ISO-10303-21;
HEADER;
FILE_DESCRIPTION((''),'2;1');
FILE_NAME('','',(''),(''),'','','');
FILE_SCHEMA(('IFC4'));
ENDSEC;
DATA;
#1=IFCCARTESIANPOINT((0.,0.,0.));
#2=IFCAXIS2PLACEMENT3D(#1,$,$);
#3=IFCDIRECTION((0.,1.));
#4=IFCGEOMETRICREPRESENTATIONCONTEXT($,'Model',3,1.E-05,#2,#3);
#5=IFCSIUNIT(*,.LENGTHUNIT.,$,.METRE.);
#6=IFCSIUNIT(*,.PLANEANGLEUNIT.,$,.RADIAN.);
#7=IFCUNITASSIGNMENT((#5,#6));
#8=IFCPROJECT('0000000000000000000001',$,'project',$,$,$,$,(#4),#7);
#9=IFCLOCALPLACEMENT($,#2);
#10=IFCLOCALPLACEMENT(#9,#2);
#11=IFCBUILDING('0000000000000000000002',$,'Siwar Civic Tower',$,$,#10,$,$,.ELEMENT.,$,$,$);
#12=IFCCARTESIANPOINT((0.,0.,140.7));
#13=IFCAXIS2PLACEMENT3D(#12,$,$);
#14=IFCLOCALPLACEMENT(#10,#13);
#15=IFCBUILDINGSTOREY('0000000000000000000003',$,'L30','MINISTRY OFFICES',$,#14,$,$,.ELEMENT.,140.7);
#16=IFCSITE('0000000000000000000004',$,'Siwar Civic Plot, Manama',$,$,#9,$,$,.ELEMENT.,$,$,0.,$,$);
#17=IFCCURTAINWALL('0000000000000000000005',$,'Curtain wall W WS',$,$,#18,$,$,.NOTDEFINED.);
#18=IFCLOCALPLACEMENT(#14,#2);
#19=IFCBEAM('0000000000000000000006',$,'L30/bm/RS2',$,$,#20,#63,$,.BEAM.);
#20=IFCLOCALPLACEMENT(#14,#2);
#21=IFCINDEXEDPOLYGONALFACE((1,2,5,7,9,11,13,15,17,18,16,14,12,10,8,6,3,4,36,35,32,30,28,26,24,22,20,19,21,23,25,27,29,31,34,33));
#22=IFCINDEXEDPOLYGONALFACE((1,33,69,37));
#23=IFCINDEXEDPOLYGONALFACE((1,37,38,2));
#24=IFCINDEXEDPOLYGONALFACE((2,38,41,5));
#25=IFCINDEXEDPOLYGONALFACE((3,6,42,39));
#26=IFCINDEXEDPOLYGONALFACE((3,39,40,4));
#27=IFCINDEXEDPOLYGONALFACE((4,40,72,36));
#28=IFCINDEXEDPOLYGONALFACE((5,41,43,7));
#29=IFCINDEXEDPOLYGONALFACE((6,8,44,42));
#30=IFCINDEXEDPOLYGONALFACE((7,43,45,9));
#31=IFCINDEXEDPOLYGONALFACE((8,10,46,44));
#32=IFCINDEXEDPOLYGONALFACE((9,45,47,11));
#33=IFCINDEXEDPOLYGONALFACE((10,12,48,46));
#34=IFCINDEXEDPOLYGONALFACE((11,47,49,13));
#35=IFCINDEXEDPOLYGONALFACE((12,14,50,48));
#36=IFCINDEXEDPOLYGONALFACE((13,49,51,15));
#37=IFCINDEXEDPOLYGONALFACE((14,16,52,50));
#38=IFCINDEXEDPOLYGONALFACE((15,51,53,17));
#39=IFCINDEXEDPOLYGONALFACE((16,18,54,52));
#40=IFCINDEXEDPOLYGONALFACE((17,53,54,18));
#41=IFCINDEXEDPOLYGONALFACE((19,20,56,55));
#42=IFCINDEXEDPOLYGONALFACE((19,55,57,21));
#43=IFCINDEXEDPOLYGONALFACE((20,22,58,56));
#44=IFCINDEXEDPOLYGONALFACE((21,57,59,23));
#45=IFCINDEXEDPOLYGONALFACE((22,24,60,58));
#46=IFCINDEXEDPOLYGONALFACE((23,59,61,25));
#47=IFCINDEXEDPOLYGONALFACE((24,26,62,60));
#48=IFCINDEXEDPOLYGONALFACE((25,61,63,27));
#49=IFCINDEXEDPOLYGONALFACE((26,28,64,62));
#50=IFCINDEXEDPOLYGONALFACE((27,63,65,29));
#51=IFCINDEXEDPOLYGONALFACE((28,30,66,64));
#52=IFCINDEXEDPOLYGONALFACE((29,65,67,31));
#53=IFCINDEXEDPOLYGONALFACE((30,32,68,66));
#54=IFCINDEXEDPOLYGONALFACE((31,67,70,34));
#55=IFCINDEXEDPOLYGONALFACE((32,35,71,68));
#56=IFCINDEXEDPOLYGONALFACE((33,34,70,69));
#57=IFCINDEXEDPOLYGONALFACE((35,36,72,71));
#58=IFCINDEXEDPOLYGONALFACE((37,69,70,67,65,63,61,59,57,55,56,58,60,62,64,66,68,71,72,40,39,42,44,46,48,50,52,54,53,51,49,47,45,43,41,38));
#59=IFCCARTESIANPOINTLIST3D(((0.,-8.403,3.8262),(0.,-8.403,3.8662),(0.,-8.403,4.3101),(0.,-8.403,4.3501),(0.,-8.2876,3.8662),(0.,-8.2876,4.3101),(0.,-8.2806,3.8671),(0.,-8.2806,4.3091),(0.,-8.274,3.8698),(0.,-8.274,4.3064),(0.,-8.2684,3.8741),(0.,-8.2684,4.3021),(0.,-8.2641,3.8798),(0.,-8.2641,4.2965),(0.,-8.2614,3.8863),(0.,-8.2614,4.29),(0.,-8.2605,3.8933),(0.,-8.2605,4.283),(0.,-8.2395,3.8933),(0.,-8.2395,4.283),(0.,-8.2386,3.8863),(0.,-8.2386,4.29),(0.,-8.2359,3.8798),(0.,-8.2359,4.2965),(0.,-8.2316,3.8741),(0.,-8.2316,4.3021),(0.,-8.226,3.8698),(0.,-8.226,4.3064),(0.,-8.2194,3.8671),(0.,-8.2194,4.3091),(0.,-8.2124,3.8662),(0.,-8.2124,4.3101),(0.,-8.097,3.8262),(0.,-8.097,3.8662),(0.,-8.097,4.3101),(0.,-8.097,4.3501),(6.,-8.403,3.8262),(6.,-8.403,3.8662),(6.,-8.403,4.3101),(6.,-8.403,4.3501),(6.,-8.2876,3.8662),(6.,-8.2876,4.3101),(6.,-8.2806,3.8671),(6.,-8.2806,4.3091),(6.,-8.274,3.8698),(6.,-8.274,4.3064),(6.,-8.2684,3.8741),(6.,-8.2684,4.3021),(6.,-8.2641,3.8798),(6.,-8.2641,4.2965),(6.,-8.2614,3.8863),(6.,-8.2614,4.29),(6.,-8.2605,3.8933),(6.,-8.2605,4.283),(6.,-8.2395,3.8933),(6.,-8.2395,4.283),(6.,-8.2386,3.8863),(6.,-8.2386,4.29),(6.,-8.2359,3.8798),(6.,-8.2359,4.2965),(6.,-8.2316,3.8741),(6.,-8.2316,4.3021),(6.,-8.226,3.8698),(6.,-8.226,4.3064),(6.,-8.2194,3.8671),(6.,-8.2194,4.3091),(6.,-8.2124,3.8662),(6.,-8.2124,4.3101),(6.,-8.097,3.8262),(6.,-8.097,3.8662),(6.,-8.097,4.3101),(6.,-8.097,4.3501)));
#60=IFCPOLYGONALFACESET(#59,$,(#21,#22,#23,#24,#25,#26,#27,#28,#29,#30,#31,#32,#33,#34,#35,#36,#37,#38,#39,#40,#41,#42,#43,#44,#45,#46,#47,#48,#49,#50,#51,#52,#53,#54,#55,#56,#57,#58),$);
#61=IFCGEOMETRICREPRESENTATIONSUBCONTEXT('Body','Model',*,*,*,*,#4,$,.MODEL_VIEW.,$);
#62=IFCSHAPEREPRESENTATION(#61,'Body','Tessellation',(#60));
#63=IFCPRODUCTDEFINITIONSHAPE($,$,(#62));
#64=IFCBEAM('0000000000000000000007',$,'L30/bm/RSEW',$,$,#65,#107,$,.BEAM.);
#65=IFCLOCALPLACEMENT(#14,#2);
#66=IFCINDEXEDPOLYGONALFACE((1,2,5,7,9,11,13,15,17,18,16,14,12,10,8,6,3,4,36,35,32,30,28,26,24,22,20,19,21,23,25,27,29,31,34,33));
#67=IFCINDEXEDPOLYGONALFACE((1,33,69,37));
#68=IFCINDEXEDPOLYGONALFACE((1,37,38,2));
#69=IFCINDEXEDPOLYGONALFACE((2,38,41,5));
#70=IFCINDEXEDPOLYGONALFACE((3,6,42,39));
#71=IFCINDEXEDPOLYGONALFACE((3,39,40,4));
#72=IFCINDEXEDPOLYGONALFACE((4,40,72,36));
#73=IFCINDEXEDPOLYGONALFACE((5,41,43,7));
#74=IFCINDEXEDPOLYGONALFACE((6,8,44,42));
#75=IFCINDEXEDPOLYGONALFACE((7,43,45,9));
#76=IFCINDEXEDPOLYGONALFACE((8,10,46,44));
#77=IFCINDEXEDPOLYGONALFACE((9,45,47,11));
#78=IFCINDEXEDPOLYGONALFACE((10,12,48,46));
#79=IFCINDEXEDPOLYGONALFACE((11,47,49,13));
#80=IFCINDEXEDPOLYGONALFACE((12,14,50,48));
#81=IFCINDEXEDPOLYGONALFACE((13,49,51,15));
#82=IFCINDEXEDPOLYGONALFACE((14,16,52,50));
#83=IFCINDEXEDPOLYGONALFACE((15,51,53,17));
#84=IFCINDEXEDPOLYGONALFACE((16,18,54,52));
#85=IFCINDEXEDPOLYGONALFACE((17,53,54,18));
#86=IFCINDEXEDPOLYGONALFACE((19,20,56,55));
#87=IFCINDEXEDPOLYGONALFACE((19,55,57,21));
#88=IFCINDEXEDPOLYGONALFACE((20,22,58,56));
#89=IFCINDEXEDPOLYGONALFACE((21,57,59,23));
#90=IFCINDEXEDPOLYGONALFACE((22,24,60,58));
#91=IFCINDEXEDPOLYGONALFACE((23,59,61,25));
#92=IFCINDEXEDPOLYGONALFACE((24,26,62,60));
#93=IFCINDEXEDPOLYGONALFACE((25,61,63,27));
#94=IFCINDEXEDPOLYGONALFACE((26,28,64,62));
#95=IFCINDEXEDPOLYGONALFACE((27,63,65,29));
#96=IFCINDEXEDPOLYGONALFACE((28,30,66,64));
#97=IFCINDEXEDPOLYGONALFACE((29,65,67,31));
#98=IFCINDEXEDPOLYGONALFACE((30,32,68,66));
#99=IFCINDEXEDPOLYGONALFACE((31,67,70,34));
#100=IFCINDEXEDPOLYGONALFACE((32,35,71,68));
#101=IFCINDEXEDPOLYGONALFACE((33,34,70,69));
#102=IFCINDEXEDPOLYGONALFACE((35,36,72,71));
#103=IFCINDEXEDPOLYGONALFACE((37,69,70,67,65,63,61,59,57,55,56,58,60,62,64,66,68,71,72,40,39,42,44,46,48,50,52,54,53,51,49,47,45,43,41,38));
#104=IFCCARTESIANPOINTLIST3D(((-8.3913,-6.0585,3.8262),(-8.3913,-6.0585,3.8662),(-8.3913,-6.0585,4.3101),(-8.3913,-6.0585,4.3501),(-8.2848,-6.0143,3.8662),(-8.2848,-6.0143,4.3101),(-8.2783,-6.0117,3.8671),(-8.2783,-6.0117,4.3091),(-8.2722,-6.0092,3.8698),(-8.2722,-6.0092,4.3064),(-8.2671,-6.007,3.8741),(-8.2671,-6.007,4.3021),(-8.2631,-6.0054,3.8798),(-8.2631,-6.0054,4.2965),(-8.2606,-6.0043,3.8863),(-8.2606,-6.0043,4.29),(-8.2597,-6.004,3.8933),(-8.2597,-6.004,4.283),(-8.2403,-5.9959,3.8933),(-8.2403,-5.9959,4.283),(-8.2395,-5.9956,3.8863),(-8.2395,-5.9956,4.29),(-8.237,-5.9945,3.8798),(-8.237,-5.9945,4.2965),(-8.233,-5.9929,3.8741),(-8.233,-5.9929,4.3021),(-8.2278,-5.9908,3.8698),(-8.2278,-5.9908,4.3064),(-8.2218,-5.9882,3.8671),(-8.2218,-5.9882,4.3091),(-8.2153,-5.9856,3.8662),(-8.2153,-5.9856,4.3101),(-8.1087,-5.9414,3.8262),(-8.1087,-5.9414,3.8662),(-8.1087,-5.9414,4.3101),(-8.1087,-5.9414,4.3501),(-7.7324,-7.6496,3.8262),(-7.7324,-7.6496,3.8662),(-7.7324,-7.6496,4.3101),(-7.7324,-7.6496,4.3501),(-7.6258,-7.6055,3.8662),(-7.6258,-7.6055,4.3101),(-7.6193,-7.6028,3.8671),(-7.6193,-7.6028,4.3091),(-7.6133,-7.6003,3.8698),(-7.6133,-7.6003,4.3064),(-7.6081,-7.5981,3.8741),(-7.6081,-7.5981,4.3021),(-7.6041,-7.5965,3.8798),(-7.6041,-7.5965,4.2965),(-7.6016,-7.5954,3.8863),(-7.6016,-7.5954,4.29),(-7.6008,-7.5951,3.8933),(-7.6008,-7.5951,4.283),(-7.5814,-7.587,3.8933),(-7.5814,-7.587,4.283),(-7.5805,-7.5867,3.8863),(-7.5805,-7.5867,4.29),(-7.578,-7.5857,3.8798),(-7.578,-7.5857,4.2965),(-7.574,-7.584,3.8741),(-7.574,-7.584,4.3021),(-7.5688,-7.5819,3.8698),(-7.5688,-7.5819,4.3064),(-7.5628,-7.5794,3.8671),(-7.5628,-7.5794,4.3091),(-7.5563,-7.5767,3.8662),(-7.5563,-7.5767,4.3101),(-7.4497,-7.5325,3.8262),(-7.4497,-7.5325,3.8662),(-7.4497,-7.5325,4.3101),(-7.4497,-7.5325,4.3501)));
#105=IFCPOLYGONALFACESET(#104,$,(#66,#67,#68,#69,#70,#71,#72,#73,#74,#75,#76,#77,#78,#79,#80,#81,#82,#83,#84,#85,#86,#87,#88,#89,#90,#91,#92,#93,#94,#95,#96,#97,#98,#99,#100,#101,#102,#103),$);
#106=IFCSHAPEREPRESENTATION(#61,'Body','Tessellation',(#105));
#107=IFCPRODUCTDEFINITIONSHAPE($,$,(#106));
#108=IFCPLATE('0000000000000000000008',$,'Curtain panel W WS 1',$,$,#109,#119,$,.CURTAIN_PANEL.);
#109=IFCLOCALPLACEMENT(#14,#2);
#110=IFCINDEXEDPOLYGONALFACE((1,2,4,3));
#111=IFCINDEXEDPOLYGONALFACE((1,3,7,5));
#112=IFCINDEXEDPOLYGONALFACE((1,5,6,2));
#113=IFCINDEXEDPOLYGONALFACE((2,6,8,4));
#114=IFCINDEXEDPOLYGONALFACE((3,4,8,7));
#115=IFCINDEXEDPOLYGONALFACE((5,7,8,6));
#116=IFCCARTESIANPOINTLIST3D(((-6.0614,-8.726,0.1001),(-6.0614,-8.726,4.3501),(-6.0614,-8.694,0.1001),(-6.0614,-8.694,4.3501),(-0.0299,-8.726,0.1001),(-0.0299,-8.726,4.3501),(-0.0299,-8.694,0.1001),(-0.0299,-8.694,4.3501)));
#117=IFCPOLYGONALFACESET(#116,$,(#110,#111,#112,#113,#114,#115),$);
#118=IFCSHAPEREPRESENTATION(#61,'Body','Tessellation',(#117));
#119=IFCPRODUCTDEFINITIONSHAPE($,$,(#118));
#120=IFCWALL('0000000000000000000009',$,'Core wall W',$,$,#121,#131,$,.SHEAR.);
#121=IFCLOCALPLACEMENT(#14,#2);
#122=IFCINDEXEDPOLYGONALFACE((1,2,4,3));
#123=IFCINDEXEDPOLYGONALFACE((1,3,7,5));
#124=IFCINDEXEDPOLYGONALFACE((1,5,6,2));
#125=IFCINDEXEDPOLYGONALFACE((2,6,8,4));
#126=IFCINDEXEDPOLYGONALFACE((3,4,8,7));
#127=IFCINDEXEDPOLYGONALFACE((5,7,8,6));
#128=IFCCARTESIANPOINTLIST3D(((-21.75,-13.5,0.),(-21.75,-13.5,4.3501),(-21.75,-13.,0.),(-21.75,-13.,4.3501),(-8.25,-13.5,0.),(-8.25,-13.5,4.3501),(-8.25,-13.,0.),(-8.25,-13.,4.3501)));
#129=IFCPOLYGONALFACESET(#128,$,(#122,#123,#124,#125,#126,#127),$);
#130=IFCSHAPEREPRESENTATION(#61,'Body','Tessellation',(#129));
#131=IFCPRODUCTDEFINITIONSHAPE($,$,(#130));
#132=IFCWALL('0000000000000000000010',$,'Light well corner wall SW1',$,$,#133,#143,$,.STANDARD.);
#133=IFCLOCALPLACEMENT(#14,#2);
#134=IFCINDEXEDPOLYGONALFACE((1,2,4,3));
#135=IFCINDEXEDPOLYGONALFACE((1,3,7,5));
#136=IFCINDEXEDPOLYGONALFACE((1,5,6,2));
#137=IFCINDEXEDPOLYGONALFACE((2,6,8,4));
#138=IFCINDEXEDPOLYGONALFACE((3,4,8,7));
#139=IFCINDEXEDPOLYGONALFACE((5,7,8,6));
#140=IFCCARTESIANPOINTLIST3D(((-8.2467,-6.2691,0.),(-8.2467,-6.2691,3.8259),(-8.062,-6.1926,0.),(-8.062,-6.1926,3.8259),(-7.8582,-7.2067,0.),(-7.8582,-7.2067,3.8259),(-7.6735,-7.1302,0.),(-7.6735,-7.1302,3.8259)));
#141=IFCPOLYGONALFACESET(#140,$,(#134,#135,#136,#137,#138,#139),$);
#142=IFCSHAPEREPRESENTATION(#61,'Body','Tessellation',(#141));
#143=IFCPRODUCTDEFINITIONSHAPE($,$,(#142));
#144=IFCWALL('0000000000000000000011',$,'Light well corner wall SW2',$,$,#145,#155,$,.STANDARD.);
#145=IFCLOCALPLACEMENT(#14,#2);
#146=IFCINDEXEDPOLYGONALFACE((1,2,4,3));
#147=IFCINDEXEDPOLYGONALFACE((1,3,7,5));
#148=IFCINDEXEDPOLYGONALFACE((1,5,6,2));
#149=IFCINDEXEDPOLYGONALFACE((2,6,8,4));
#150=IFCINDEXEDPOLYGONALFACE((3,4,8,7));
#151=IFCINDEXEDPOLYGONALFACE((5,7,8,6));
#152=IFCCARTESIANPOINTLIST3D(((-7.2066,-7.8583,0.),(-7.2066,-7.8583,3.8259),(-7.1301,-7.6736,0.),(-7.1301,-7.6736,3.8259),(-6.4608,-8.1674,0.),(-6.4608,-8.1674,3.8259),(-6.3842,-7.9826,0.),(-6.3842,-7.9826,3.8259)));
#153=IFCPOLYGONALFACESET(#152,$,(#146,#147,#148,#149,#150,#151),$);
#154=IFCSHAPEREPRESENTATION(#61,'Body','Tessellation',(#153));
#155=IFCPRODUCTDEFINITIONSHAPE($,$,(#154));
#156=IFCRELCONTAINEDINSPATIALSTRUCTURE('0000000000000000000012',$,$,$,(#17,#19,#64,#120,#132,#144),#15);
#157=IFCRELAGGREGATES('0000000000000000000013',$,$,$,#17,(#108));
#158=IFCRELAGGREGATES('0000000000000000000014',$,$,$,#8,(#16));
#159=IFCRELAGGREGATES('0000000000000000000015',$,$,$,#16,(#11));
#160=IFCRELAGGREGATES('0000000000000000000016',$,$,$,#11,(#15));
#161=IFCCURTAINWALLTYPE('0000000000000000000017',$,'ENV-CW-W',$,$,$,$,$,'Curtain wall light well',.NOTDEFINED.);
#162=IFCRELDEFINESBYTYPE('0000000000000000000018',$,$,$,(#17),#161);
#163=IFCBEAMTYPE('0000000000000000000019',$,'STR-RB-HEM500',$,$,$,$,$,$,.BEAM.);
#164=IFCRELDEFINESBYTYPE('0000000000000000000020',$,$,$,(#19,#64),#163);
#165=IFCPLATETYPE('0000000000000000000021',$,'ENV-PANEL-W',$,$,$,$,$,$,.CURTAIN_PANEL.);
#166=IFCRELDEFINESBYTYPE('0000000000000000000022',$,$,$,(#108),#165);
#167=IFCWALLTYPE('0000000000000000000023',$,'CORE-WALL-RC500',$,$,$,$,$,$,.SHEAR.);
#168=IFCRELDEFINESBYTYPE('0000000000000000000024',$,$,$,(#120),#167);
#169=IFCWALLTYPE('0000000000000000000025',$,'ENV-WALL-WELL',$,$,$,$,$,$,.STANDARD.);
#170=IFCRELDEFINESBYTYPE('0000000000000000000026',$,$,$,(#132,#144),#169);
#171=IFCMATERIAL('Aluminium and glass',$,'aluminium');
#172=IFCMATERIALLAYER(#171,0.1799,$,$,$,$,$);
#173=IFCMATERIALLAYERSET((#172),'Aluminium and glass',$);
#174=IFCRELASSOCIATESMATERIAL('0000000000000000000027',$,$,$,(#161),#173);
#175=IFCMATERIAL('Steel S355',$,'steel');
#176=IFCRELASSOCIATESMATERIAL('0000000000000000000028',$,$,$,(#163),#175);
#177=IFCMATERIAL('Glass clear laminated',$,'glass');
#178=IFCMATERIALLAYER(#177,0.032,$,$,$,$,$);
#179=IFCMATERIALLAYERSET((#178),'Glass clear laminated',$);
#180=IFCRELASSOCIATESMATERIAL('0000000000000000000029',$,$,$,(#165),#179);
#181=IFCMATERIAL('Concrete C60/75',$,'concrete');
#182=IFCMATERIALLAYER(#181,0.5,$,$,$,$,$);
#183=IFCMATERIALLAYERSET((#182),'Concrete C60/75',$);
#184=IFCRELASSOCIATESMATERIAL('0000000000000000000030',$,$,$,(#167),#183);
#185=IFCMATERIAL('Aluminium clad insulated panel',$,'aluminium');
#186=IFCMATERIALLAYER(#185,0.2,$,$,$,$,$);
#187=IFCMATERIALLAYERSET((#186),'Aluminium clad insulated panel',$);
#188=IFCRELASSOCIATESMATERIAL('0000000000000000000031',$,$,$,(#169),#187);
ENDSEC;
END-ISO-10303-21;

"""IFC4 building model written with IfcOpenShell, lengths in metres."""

from ifc_helpers import new_model, si_unit, direction, frame, frame_2d, origin, origin_2d, place, context, subcontext, project, spatial, rectangle, i_section, extrude, material, layer, layer_set, material_profile, profile_set, type_object, element, aggregate, save


model = new_model("IFC4")

# Units and contexts
model_context = context("Model", 3, precision=1e-05, world=origin(), true_north=direction((0.0, 1.0)))
body_context = subcontext(model_context, "Body", "Model", "MODEL_VIEW")
ifc_project = project(units=[si_unit("LENGTHUNIT", "METRE"), si_unit("PLANEANGLEUNIT", "RADIAN")], contexts=[model_context])

# Site, building, storey
site_placement = place(None, origin())
site = spatial("IfcSite", under=ifc_project, at=site_placement, Name="Siwar Civic Plot, Manama", CompositionType="ELEMENT", RefElevation=0.0)
building_placement = place(site_placement, origin())
building = spatial("IfcBuilding", under=site, at=building_placement, Name="Siwar Civic Tower", CompositionType="ELEMENT")
storey_placement = place(building_placement, frame((0.0, 0.0, 140.7)))
storey = spatial("IfcBuildingStorey", under=building, at=storey_placement, Name="L30", Description="MINISTRY OFFICES", CompositionType="ELEMENT", Elevation=140.7)

# Curtain wall
ifc_material_1 = material(Name="Aluminium and glass", Category="aluminium")
ifc_layer_1 = layer(ifc_material_1, 0.1799)
ifc_layer_set_1 = layer_set([ifc_layer_1], Name="Aluminium and glass")
curtain_wall_type = type_object("IfcCurtainWallType", Name="ENV-CW-W", ElementType="Curtain wall light well", PredefinedType="NOTDEFINED", material=ifc_layer_set_1)
curtain_wall_placement = place(storey_placement, origin())
curtain_wall = element("IfcCurtainWall", 1, at=curtain_wall_placement, inside=storey, type_object=curtain_wall_type, Name="Curtain wall W WS", PredefinedType="NOTDEFINED")

# Beams
ifc_material_2 = material(Name="Steel S355", Category="steel")
ifc_material_profile_1 = material_profile(ifc_material_2, i_section(OverallWidth=0.3059, OverallDepth=0.5239, WebThickness=0.021, FlangeThickness=0.04, FilletRadius=0.0271, at=origin_2d()), Name="HEM500")
ifc_profile_set_1 = profile_set([ifc_material_profile_1], Name="Steel S355")
beam_type = type_object("IfcBeamType", Name="STR-RB-HEM500", PredefinedType="BEAM", material=ifc_profile_set_1)
for number, where, z_axis, x_axis, name in (
    (2, (0.0, -8.25, 4.0881), (1.0, 0.0, 0.0), (0.0, 1.0, 0.0), "L30/bm/RS2"),
):
    element("IfcBeam", number, at=place(storey_placement, frame(where, z_axis=z_axis, x_axis=x_axis)), inside=storey, type_object=beam_type, Name=name, PredefinedType="BEAM", context=body_context, shape_type="SweptSolid", body=[
        extrude(i_section(OverallWidth=0.3059, OverallDepth=0.5239, WebThickness=0.021, FlangeThickness=0.04, FilletRadius=0.0271, at=origin_2d()), origin(), (0.0, 0.0, 1.0), 6.0),
    ])
beam_1_placement = place(storey_placement, frame((-7.5911, -7.5911, 4.0881), z_axis=(-0.382631, 0.923901, 0.0), x_axis=(-0.923901, -0.382631, 0.0)))
element("IfcBeam", 3, at=beam_1_placement, inside=storey, type_object=beam_type, Name="L30/bm/RSEW", PredefinedType="BEAM", context=body_context, shape_type="SweptSolid", body=[
    extrude(i_section(OverallWidth=0.3059, OverallDepth=0.5239, WebThickness=0.021, FlangeThickness=0.04, FilletRadius=0.0271, at=origin_2d()), origin(), (0.0, 0.0, 1.0), 1.7222),
])

# Plate
ifc_material_3 = material(Name="Glass clear laminated", Category="glass")
ifc_layer_2 = layer(ifc_material_3, 0.032)
ifc_layer_set_2 = layer_set([ifc_layer_2], Name="Glass clear laminated")
plate_type = type_object("IfcPlateType", Name="ENV-PANEL-W", PredefinedType="CURTAIN_PANEL", material=ifc_layer_set_2)
plate_placement = place(storey_placement, frame((-3.0457, -8.71, 0.1001), z_axis=(0.0, 0.0, 1.0), x_axis=(1.0, 0.0, 0.0)))
plate = element("IfcPlate", 4, at=plate_placement, type_object=plate_type, Name="Curtain panel W WS 1", PredefinedType="CURTAIN_PANEL", context=body_context, shape_type="SweptSolid", body=[
    extrude(rectangle(XDim=6.0315, YDim=0.032, at=origin_2d()), origin(), (0.0, 0.0, 1.0), 4.25),
])
aggregate(curtain_wall, [plate])

# Walls
ifc_material_4 = material(Name="Concrete C60/75", Category="concrete")
ifc_layer_3 = layer(ifc_material_4, 0.5)
ifc_layer_set_3 = layer_set([ifc_layer_3], Name="Concrete C60/75")
wall_type_1 = type_object("IfcWallType", Name="CORE-WALL-RC500", PredefinedType="SHEAR", material=ifc_layer_set_3)
wall_1_placement = place(storey_placement, frame((-8.25, -13.25, 0.0), z_axis=(0.0, 0.0, 1.0), x_axis=(-1.0, 0.0, 0.0)))
element("IfcWall", 5, at=wall_1_placement, inside=storey, type_object=wall_type_1, Name="Core wall W", PredefinedType="SHEAR", context=body_context, shape_type="SweptSolid", body=[
    extrude(rectangle(XDim=13.5, YDim=0.5, at=frame_2d((6.75, 0.0))), origin(), (0.0, 0.0, 1.0), 4.3501),
])
ifc_material_5 = material(Name="Aluminium clad insulated panel", Category="aluminium")
ifc_layer_4 = layer(ifc_material_5, 0.2)
ifc_layer_set_4 = layer_set([ifc_layer_4], Name="Aluminium clad insulated panel")
wall_type_2 = type_object("IfcWallType", Name="ENV-WALL-WELL", PredefinedType="STANDARD", material=ifc_layer_set_4)
wall_2_placement = place(storey_placement, frame((-8.1543, -6.231, 0.0), z_axis=(0.0, 0.0, 1.0), x_axis=(0.38277, -0.923844, 0.0)))
element("IfcWall", 6, at=wall_2_placement, inside=storey, type_object=wall_type_2, Name="Light well corner wall SW1", PredefinedType="STANDARD", context=body_context, shape_type="SweptSolid", body=[
    extrude(rectangle(XDim=1.0149, YDim=0.2, at=frame_2d((0.5073, 0.0))), origin(), (0.0, 0.0, 1.0), 3.8259),
])
wall_3_placement = place(storey_placement, frame((-7.1685, -7.7659, 0.0), z_axis=(0.0, 0.0, 1.0), x_axis=(0.923818, -0.382833, 0.0)))
element("IfcWall", 7, at=wall_3_placement, inside=storey, type_object=wall_type_2, Name="Light well corner wall SW2", PredefinedType="STANDARD", context=body_context, shape_type="SweptSolid", body=[
    extrude(rectangle(XDim=0.8074, YDim=0.2, at=frame_2d((0.4038, 0.0))), origin(), (0.0, 0.0, 1.0), 3.8259),
])

save(model, "model.ifc")
